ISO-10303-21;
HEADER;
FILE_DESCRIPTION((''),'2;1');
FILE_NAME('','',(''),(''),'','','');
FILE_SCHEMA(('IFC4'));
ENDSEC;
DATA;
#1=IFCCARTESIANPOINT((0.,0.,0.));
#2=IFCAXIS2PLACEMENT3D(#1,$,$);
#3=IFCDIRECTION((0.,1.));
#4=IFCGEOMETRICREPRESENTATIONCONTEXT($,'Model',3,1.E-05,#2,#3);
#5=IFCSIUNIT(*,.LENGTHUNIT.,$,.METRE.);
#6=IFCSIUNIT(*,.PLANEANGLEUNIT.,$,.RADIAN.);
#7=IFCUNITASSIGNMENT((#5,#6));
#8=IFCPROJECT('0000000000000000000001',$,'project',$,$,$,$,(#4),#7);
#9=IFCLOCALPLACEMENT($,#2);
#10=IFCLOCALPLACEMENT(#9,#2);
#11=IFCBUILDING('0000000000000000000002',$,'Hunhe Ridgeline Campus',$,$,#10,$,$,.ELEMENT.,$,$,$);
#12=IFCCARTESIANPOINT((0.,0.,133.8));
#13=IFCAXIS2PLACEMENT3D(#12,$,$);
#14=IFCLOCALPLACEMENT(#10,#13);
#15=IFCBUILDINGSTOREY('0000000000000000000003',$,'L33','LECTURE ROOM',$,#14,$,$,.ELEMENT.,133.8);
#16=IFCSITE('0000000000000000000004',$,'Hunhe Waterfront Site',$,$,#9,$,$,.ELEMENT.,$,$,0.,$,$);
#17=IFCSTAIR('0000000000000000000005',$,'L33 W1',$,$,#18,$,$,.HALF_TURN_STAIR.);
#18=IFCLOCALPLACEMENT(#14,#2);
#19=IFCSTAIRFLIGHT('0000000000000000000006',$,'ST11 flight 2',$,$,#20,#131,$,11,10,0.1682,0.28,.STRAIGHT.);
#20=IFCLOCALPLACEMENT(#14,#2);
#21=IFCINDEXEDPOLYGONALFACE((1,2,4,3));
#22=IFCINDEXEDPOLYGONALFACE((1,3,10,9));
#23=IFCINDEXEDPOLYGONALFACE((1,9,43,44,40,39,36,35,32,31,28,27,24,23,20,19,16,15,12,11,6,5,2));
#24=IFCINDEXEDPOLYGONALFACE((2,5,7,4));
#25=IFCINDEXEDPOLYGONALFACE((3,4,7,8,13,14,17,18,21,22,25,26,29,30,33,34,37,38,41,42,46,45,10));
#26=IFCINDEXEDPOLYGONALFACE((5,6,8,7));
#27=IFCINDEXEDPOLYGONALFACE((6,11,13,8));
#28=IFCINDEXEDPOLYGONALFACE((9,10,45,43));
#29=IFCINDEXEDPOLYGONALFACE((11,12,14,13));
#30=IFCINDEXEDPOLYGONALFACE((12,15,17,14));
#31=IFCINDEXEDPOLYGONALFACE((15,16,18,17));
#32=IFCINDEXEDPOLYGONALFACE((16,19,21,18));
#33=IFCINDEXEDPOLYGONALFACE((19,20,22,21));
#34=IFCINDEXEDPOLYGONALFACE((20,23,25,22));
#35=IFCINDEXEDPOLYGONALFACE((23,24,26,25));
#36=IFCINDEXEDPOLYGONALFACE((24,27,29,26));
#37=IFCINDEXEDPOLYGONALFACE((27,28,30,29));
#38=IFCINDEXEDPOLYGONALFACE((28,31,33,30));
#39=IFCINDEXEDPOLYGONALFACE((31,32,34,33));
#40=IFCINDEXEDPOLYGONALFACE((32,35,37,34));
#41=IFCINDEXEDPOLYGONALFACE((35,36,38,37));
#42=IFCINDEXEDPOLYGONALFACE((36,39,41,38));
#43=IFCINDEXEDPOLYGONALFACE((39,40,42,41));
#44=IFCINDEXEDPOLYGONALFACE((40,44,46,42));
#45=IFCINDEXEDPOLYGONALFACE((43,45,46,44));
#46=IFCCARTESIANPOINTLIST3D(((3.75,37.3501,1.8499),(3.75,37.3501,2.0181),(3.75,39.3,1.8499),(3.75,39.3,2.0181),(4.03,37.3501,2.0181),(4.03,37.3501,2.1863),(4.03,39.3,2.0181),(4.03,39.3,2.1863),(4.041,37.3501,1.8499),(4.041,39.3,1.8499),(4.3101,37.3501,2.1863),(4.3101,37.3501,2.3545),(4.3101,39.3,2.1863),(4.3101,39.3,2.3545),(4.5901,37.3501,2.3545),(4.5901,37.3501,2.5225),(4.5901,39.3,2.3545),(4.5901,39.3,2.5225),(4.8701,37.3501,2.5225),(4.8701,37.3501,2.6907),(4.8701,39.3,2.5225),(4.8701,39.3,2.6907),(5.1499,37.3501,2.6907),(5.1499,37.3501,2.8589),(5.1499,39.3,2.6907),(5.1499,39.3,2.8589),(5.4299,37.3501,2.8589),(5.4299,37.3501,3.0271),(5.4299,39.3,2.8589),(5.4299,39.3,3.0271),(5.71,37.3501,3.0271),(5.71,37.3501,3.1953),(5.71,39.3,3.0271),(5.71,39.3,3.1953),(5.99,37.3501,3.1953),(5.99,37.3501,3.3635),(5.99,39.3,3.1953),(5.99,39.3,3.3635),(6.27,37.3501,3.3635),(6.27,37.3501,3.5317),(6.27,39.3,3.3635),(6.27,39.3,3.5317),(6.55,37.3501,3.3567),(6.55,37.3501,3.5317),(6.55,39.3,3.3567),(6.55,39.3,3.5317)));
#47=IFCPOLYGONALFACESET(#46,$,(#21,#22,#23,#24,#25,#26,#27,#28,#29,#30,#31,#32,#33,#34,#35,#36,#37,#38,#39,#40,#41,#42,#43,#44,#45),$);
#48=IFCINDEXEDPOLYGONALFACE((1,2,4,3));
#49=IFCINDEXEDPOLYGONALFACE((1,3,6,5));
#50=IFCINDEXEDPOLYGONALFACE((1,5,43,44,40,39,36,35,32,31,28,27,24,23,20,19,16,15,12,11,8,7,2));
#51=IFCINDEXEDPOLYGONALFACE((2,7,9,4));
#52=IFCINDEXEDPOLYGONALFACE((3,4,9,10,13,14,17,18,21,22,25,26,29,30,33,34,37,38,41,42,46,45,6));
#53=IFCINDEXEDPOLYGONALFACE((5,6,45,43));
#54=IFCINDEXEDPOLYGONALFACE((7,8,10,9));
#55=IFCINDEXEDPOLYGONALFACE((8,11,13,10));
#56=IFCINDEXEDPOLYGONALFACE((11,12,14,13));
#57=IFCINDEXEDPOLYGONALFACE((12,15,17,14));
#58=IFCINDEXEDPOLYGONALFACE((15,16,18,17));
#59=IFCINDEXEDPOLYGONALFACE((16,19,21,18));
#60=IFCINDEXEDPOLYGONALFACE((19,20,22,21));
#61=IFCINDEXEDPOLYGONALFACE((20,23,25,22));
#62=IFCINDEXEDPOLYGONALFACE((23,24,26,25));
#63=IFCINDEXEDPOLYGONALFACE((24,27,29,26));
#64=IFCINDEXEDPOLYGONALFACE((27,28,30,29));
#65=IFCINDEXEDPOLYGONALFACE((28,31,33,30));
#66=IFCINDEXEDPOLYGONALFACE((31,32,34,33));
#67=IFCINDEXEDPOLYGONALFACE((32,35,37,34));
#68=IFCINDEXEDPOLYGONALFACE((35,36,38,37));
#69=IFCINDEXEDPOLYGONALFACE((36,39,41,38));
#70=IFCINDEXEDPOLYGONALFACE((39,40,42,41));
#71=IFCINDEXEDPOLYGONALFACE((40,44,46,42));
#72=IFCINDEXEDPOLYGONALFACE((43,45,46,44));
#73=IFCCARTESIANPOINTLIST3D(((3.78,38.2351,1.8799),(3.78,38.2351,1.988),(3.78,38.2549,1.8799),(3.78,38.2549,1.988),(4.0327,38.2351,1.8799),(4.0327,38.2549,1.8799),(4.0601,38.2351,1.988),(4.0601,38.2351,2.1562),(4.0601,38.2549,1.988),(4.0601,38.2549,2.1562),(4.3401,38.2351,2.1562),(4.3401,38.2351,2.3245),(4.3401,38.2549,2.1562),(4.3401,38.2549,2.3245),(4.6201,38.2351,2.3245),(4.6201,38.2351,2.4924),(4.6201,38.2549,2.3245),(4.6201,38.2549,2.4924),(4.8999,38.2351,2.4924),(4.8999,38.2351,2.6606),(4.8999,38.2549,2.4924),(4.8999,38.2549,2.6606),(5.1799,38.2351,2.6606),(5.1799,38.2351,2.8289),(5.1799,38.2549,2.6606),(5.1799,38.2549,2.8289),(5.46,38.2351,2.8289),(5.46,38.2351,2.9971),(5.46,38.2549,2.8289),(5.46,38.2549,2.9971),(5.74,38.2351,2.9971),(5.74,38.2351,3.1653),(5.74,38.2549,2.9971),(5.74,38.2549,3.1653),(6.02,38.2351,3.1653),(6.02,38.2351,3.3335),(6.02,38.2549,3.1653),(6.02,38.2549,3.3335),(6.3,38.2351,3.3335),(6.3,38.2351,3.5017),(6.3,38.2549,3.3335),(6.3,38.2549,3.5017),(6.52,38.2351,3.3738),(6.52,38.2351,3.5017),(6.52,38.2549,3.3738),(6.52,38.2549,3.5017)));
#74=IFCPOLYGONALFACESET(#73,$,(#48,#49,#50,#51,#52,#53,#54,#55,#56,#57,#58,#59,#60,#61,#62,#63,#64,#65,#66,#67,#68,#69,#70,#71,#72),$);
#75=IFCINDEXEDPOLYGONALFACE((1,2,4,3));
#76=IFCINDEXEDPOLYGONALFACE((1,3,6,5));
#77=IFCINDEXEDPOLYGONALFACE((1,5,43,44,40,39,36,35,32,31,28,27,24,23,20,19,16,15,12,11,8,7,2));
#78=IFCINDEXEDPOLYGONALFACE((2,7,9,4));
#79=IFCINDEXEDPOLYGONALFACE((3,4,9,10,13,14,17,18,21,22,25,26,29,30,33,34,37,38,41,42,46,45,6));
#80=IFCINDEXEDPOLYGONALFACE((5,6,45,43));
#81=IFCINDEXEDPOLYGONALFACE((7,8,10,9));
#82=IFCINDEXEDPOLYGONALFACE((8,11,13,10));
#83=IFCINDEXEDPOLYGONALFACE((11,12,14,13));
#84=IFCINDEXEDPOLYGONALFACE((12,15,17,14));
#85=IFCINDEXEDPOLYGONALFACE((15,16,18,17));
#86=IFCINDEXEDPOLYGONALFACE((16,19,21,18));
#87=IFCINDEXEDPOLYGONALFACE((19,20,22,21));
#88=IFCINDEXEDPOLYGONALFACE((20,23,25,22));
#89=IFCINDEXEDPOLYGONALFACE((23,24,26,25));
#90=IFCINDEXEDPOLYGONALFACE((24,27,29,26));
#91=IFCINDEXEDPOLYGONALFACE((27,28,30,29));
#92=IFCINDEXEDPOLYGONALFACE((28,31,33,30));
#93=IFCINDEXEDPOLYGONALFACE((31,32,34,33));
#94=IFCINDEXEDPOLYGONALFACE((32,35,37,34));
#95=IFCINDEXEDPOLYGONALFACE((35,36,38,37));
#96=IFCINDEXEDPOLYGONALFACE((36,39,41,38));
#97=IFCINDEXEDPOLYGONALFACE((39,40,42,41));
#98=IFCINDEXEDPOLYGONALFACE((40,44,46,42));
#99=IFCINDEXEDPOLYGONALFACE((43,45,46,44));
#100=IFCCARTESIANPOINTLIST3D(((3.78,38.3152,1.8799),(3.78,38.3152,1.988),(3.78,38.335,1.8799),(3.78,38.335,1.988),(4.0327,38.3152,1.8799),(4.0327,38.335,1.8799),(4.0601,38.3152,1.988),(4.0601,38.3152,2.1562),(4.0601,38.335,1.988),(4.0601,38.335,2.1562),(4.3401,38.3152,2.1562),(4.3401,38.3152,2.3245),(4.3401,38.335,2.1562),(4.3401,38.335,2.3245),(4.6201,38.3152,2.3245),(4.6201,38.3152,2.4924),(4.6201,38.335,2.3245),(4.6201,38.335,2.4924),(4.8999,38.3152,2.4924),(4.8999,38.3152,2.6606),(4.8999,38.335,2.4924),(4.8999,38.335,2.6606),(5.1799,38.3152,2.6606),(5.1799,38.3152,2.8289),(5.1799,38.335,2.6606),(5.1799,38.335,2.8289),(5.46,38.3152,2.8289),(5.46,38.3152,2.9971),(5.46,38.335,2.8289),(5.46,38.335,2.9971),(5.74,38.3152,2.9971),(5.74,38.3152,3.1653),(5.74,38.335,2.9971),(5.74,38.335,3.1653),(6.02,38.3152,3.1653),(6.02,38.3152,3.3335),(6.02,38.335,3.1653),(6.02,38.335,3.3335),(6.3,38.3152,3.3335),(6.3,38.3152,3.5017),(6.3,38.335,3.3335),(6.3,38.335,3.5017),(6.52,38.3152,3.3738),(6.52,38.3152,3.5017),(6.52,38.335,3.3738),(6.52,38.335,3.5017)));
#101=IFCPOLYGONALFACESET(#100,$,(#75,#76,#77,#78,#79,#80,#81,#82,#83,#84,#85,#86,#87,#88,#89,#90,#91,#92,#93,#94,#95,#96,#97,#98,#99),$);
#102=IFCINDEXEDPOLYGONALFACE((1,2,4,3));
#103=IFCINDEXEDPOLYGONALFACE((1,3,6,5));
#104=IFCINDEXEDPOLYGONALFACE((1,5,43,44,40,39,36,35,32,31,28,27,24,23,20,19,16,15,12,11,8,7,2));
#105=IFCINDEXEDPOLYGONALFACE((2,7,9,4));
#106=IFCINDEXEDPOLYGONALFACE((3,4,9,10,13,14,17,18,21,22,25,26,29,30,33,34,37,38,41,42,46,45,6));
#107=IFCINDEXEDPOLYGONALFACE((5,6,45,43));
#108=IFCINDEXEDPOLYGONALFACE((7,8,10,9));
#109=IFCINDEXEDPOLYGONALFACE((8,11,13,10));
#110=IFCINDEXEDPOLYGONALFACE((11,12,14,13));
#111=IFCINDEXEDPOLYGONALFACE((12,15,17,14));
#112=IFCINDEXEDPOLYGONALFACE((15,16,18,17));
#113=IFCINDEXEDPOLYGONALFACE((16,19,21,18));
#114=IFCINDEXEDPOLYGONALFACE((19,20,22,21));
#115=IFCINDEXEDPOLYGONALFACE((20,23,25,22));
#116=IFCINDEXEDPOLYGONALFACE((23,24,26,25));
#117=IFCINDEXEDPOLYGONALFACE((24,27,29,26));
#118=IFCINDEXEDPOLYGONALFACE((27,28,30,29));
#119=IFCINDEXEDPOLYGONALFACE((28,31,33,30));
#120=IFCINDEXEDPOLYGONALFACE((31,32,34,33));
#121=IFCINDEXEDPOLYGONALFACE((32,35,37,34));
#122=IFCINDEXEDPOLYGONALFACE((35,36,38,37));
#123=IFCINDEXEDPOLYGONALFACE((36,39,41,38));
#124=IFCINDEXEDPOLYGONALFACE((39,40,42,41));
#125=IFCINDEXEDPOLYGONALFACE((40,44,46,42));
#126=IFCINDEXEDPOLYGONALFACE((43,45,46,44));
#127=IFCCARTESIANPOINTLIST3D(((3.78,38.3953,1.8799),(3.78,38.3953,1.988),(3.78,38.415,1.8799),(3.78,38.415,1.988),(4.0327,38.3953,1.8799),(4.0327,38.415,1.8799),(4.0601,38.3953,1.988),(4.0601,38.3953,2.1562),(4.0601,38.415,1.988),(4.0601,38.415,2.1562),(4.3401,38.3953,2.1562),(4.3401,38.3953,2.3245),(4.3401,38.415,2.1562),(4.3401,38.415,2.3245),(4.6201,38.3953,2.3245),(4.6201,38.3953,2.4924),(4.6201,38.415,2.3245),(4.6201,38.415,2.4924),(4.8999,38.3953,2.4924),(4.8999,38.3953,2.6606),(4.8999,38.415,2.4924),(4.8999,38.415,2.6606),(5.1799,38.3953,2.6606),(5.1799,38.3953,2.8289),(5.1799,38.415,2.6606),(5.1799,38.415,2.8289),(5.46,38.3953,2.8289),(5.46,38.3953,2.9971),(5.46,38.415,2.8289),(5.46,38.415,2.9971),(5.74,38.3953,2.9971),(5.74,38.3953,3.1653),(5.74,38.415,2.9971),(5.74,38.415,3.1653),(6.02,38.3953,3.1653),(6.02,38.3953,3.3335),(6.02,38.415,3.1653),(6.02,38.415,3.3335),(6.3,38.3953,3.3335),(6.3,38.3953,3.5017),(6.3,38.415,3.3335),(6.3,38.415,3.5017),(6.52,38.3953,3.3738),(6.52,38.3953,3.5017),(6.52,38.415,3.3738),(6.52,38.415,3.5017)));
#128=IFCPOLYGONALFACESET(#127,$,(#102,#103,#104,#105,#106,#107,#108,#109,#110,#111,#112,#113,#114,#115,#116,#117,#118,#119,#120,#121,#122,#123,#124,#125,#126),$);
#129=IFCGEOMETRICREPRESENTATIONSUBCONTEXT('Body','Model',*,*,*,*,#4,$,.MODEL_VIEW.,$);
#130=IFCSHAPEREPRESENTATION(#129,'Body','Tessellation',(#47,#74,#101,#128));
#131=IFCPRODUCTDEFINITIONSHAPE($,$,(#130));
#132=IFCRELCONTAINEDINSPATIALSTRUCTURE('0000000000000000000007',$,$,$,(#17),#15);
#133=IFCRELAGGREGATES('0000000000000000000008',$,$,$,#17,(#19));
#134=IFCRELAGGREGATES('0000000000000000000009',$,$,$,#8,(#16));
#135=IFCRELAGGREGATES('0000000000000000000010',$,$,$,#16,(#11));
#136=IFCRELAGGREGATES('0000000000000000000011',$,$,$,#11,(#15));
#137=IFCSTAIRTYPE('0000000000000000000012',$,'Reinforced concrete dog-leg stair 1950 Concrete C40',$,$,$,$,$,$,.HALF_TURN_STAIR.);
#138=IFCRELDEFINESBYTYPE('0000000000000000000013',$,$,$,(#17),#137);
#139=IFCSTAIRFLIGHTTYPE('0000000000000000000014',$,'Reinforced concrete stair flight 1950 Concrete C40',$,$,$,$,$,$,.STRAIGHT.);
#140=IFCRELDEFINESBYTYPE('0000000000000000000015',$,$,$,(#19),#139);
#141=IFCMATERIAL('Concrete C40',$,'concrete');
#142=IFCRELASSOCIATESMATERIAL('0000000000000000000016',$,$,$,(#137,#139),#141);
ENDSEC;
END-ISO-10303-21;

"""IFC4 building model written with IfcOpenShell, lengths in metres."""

from ifc_helpers import new_model, si_unit, direction, frame, origin, place, context, subcontext, project, spatial, polyline, outline, extrude, material, type_object, element, aggregate, save


model = new_model("IFC4")

# Units and contexts
model_context = context("Model", 3, precision=1e-05, world=origin(), true_north=direction((0.0, 1.0)))
body_context = subcontext(model_context, "Body", "Model", "MODEL_VIEW")
ifc_project = project(units=[si_unit("LENGTHUNIT", "METRE"), si_unit("PLANEANGLEUNIT", "RADIAN")], contexts=[model_context])

# Site, building, storey
site_placement = place(None, origin())
site = spatial("IfcSite", under=ifc_project, at=site_placement, Name="Hunhe Waterfront Site", CompositionType="ELEMENT", RefElevation=0.0)
building_placement = place(site_placement, origin())
building = spatial("IfcBuilding", under=site, at=building_placement, Name="Hunhe Ridgeline Campus", CompositionType="ELEMENT")
storey_placement = place(building_placement, frame((0.0, 0.0, 133.8)))
storey = spatial("IfcBuildingStorey", under=building, at=storey_placement, Name="L33", Description="LECTURE ROOM", CompositionType="ELEMENT", Elevation=133.8)

# Stair, stair flight
ifc_material_1 = material(Name="Concrete C40", Category="concrete")
stair_type = type_object("IfcStairType", Name="Reinforced concrete dog-leg stair 1950 Concrete C40", PredefinedType="HALF_TURN_STAIR", material=ifc_material_1)
stair_placement = place(storey_placement, origin())
stair = element("IfcStair", 1, at=stair_placement, inside=storey, type_object=stair_type, Name="L33 W1", PredefinedType="HALF_TURN_STAIR")
stair_flight_type = type_object("IfcStairFlightType", Name="Reinforced concrete stair flight 1950 Concrete C40", PredefinedType="STRAIGHT", material=ifc_material_1)
stair_flight_1_placement = place(storey_placement, frame((3.75, 38.325, 1.8499), z_axis=(0.0, 0.0, 1.0), x_axis=(1.0, 0.0, 0.0)))
stair_flight_1 = element("IfcStairFlight", 2, at=stair_flight_1_placement, type_object=stair_flight_type, Name="ST11 flight 2", NumberOfRisers=11, NumberOfTreads=10, PredefinedType="STRAIGHT", RiserHeight=0.1682, TreadLength=0.28, context=body_context, shape_type="SweptSolid", body=[
    extrude(outline(polyline([(0.0, 0.0), (0.0, 0.1682), (0.28, 0.1682), (0.28, 0.3364), (0.5601, 0.3364), (0.5601, 0.5046), (0.8401, 0.5046), (0.8401, 0.6726), (1.1201, 0.6726), (1.1201, 0.8408), (1.3999, 0.8408), (1.3999, 1.009), (1.6799, 1.009), (1.6799, 1.1772), (1.96, 1.1772), (1.96, 1.3455), (2.24, 1.3455), (2.24, 1.5137), (2.52, 1.5137), (2.52, 1.6819), (2.8, 1.6819), (2.8, 1.8501), (2.8, 1.5068), (0.291, 0.0), (0.0, 0.0)])), frame((0.0, 0.9751, 0.0), z_axis=(0.0, -1.0, 0.0), x_axis=(1.0, 0.0, 0.0)), (0.0, 0.0, 1.0), 1.95),
    extrude(outline(polyline([(0.03, 0.03), (0.03, 0.1382), (0.3101, 0.1382), (0.3101, 0.3064), (0.5901, 0.3064), (0.5901, 0.4746), (0.8701, 0.4746), (0.8701, 0.6426), (1.1499, 0.6426), (1.1499, 0.8108), (1.4299, 0.8108), (1.4299, 0.979), (1.71, 0.979), (1.71, 1.1472), (1.99, 1.1472), (1.99, 1.3154), (2.27, 1.3154), (2.27, 1.4836), (2.55, 1.4836), (2.55, 1.6519), (2.77, 1.6519), (2.77, 1.5239), (0.2827, 0.03), (0.03, 0.03)])), frame((0.0, -0.0701, 0.0), z_axis=(0.0, -1.0, 0.0), x_axis=(1.0, 0.0, 0.0)), (0.0, 0.0, 1.0), 0.0198),
    extrude(outline(polyline([(0.03, 0.03), (0.03, 0.1382), (0.3101, 0.1382), (0.3101, 0.3064), (0.5901, 0.3064), (0.5901, 0.4746), (0.8701, 0.4746), (0.8701, 0.6426), (1.1499, 0.6426), (1.1499, 0.8108), (1.4299, 0.8108), (1.4299, 0.979), (1.71, 0.979), (1.71, 1.1472), (1.99, 1.1472), (1.99, 1.3154), (2.27, 1.3154), (2.27, 1.4836), (2.55, 1.4836), (2.55, 1.6519), (2.77, 1.6519), (2.77, 1.5239), (0.2827, 0.03), (0.03, 0.03)])), frame((0.0, 0.01, 0.0), z_axis=(0.0, -1.0, 0.0), x_axis=(1.0, 0.0, 0.0)), (0.0, 0.0, 1.0), 0.0198),
    extrude(outline(polyline([(0.03, 0.03), (0.03, 0.1382), (0.3101, 0.1382), (0.3101, 0.3064), (0.5901, 0.3064), (0.5901, 0.4746), (0.8701, 0.4746), (0.8701, 0.6426), (1.1499, 0.6426), (1.1499, 0.8108), (1.4299, 0.8108), (1.4299, 0.979), (1.71, 0.979), (1.71, 1.1472), (1.99, 1.1472), (1.99, 1.3154), (2.27, 1.3154), (2.27, 1.4836), (2.55, 1.4836), (2.55, 1.6519), (2.77, 1.6519), (2.77, 1.5239), (0.2827, 0.03), (0.03, 0.03)])), frame((0.0, 0.0901, 0.0), z_axis=(0.0, -1.0, 0.0), x_axis=(1.0, 0.0, 0.0)), (0.0, 0.0, 1.0), 0.0198),
])
aggregate(stair, [stair_flight_1])

save(model, "model.ifc")
